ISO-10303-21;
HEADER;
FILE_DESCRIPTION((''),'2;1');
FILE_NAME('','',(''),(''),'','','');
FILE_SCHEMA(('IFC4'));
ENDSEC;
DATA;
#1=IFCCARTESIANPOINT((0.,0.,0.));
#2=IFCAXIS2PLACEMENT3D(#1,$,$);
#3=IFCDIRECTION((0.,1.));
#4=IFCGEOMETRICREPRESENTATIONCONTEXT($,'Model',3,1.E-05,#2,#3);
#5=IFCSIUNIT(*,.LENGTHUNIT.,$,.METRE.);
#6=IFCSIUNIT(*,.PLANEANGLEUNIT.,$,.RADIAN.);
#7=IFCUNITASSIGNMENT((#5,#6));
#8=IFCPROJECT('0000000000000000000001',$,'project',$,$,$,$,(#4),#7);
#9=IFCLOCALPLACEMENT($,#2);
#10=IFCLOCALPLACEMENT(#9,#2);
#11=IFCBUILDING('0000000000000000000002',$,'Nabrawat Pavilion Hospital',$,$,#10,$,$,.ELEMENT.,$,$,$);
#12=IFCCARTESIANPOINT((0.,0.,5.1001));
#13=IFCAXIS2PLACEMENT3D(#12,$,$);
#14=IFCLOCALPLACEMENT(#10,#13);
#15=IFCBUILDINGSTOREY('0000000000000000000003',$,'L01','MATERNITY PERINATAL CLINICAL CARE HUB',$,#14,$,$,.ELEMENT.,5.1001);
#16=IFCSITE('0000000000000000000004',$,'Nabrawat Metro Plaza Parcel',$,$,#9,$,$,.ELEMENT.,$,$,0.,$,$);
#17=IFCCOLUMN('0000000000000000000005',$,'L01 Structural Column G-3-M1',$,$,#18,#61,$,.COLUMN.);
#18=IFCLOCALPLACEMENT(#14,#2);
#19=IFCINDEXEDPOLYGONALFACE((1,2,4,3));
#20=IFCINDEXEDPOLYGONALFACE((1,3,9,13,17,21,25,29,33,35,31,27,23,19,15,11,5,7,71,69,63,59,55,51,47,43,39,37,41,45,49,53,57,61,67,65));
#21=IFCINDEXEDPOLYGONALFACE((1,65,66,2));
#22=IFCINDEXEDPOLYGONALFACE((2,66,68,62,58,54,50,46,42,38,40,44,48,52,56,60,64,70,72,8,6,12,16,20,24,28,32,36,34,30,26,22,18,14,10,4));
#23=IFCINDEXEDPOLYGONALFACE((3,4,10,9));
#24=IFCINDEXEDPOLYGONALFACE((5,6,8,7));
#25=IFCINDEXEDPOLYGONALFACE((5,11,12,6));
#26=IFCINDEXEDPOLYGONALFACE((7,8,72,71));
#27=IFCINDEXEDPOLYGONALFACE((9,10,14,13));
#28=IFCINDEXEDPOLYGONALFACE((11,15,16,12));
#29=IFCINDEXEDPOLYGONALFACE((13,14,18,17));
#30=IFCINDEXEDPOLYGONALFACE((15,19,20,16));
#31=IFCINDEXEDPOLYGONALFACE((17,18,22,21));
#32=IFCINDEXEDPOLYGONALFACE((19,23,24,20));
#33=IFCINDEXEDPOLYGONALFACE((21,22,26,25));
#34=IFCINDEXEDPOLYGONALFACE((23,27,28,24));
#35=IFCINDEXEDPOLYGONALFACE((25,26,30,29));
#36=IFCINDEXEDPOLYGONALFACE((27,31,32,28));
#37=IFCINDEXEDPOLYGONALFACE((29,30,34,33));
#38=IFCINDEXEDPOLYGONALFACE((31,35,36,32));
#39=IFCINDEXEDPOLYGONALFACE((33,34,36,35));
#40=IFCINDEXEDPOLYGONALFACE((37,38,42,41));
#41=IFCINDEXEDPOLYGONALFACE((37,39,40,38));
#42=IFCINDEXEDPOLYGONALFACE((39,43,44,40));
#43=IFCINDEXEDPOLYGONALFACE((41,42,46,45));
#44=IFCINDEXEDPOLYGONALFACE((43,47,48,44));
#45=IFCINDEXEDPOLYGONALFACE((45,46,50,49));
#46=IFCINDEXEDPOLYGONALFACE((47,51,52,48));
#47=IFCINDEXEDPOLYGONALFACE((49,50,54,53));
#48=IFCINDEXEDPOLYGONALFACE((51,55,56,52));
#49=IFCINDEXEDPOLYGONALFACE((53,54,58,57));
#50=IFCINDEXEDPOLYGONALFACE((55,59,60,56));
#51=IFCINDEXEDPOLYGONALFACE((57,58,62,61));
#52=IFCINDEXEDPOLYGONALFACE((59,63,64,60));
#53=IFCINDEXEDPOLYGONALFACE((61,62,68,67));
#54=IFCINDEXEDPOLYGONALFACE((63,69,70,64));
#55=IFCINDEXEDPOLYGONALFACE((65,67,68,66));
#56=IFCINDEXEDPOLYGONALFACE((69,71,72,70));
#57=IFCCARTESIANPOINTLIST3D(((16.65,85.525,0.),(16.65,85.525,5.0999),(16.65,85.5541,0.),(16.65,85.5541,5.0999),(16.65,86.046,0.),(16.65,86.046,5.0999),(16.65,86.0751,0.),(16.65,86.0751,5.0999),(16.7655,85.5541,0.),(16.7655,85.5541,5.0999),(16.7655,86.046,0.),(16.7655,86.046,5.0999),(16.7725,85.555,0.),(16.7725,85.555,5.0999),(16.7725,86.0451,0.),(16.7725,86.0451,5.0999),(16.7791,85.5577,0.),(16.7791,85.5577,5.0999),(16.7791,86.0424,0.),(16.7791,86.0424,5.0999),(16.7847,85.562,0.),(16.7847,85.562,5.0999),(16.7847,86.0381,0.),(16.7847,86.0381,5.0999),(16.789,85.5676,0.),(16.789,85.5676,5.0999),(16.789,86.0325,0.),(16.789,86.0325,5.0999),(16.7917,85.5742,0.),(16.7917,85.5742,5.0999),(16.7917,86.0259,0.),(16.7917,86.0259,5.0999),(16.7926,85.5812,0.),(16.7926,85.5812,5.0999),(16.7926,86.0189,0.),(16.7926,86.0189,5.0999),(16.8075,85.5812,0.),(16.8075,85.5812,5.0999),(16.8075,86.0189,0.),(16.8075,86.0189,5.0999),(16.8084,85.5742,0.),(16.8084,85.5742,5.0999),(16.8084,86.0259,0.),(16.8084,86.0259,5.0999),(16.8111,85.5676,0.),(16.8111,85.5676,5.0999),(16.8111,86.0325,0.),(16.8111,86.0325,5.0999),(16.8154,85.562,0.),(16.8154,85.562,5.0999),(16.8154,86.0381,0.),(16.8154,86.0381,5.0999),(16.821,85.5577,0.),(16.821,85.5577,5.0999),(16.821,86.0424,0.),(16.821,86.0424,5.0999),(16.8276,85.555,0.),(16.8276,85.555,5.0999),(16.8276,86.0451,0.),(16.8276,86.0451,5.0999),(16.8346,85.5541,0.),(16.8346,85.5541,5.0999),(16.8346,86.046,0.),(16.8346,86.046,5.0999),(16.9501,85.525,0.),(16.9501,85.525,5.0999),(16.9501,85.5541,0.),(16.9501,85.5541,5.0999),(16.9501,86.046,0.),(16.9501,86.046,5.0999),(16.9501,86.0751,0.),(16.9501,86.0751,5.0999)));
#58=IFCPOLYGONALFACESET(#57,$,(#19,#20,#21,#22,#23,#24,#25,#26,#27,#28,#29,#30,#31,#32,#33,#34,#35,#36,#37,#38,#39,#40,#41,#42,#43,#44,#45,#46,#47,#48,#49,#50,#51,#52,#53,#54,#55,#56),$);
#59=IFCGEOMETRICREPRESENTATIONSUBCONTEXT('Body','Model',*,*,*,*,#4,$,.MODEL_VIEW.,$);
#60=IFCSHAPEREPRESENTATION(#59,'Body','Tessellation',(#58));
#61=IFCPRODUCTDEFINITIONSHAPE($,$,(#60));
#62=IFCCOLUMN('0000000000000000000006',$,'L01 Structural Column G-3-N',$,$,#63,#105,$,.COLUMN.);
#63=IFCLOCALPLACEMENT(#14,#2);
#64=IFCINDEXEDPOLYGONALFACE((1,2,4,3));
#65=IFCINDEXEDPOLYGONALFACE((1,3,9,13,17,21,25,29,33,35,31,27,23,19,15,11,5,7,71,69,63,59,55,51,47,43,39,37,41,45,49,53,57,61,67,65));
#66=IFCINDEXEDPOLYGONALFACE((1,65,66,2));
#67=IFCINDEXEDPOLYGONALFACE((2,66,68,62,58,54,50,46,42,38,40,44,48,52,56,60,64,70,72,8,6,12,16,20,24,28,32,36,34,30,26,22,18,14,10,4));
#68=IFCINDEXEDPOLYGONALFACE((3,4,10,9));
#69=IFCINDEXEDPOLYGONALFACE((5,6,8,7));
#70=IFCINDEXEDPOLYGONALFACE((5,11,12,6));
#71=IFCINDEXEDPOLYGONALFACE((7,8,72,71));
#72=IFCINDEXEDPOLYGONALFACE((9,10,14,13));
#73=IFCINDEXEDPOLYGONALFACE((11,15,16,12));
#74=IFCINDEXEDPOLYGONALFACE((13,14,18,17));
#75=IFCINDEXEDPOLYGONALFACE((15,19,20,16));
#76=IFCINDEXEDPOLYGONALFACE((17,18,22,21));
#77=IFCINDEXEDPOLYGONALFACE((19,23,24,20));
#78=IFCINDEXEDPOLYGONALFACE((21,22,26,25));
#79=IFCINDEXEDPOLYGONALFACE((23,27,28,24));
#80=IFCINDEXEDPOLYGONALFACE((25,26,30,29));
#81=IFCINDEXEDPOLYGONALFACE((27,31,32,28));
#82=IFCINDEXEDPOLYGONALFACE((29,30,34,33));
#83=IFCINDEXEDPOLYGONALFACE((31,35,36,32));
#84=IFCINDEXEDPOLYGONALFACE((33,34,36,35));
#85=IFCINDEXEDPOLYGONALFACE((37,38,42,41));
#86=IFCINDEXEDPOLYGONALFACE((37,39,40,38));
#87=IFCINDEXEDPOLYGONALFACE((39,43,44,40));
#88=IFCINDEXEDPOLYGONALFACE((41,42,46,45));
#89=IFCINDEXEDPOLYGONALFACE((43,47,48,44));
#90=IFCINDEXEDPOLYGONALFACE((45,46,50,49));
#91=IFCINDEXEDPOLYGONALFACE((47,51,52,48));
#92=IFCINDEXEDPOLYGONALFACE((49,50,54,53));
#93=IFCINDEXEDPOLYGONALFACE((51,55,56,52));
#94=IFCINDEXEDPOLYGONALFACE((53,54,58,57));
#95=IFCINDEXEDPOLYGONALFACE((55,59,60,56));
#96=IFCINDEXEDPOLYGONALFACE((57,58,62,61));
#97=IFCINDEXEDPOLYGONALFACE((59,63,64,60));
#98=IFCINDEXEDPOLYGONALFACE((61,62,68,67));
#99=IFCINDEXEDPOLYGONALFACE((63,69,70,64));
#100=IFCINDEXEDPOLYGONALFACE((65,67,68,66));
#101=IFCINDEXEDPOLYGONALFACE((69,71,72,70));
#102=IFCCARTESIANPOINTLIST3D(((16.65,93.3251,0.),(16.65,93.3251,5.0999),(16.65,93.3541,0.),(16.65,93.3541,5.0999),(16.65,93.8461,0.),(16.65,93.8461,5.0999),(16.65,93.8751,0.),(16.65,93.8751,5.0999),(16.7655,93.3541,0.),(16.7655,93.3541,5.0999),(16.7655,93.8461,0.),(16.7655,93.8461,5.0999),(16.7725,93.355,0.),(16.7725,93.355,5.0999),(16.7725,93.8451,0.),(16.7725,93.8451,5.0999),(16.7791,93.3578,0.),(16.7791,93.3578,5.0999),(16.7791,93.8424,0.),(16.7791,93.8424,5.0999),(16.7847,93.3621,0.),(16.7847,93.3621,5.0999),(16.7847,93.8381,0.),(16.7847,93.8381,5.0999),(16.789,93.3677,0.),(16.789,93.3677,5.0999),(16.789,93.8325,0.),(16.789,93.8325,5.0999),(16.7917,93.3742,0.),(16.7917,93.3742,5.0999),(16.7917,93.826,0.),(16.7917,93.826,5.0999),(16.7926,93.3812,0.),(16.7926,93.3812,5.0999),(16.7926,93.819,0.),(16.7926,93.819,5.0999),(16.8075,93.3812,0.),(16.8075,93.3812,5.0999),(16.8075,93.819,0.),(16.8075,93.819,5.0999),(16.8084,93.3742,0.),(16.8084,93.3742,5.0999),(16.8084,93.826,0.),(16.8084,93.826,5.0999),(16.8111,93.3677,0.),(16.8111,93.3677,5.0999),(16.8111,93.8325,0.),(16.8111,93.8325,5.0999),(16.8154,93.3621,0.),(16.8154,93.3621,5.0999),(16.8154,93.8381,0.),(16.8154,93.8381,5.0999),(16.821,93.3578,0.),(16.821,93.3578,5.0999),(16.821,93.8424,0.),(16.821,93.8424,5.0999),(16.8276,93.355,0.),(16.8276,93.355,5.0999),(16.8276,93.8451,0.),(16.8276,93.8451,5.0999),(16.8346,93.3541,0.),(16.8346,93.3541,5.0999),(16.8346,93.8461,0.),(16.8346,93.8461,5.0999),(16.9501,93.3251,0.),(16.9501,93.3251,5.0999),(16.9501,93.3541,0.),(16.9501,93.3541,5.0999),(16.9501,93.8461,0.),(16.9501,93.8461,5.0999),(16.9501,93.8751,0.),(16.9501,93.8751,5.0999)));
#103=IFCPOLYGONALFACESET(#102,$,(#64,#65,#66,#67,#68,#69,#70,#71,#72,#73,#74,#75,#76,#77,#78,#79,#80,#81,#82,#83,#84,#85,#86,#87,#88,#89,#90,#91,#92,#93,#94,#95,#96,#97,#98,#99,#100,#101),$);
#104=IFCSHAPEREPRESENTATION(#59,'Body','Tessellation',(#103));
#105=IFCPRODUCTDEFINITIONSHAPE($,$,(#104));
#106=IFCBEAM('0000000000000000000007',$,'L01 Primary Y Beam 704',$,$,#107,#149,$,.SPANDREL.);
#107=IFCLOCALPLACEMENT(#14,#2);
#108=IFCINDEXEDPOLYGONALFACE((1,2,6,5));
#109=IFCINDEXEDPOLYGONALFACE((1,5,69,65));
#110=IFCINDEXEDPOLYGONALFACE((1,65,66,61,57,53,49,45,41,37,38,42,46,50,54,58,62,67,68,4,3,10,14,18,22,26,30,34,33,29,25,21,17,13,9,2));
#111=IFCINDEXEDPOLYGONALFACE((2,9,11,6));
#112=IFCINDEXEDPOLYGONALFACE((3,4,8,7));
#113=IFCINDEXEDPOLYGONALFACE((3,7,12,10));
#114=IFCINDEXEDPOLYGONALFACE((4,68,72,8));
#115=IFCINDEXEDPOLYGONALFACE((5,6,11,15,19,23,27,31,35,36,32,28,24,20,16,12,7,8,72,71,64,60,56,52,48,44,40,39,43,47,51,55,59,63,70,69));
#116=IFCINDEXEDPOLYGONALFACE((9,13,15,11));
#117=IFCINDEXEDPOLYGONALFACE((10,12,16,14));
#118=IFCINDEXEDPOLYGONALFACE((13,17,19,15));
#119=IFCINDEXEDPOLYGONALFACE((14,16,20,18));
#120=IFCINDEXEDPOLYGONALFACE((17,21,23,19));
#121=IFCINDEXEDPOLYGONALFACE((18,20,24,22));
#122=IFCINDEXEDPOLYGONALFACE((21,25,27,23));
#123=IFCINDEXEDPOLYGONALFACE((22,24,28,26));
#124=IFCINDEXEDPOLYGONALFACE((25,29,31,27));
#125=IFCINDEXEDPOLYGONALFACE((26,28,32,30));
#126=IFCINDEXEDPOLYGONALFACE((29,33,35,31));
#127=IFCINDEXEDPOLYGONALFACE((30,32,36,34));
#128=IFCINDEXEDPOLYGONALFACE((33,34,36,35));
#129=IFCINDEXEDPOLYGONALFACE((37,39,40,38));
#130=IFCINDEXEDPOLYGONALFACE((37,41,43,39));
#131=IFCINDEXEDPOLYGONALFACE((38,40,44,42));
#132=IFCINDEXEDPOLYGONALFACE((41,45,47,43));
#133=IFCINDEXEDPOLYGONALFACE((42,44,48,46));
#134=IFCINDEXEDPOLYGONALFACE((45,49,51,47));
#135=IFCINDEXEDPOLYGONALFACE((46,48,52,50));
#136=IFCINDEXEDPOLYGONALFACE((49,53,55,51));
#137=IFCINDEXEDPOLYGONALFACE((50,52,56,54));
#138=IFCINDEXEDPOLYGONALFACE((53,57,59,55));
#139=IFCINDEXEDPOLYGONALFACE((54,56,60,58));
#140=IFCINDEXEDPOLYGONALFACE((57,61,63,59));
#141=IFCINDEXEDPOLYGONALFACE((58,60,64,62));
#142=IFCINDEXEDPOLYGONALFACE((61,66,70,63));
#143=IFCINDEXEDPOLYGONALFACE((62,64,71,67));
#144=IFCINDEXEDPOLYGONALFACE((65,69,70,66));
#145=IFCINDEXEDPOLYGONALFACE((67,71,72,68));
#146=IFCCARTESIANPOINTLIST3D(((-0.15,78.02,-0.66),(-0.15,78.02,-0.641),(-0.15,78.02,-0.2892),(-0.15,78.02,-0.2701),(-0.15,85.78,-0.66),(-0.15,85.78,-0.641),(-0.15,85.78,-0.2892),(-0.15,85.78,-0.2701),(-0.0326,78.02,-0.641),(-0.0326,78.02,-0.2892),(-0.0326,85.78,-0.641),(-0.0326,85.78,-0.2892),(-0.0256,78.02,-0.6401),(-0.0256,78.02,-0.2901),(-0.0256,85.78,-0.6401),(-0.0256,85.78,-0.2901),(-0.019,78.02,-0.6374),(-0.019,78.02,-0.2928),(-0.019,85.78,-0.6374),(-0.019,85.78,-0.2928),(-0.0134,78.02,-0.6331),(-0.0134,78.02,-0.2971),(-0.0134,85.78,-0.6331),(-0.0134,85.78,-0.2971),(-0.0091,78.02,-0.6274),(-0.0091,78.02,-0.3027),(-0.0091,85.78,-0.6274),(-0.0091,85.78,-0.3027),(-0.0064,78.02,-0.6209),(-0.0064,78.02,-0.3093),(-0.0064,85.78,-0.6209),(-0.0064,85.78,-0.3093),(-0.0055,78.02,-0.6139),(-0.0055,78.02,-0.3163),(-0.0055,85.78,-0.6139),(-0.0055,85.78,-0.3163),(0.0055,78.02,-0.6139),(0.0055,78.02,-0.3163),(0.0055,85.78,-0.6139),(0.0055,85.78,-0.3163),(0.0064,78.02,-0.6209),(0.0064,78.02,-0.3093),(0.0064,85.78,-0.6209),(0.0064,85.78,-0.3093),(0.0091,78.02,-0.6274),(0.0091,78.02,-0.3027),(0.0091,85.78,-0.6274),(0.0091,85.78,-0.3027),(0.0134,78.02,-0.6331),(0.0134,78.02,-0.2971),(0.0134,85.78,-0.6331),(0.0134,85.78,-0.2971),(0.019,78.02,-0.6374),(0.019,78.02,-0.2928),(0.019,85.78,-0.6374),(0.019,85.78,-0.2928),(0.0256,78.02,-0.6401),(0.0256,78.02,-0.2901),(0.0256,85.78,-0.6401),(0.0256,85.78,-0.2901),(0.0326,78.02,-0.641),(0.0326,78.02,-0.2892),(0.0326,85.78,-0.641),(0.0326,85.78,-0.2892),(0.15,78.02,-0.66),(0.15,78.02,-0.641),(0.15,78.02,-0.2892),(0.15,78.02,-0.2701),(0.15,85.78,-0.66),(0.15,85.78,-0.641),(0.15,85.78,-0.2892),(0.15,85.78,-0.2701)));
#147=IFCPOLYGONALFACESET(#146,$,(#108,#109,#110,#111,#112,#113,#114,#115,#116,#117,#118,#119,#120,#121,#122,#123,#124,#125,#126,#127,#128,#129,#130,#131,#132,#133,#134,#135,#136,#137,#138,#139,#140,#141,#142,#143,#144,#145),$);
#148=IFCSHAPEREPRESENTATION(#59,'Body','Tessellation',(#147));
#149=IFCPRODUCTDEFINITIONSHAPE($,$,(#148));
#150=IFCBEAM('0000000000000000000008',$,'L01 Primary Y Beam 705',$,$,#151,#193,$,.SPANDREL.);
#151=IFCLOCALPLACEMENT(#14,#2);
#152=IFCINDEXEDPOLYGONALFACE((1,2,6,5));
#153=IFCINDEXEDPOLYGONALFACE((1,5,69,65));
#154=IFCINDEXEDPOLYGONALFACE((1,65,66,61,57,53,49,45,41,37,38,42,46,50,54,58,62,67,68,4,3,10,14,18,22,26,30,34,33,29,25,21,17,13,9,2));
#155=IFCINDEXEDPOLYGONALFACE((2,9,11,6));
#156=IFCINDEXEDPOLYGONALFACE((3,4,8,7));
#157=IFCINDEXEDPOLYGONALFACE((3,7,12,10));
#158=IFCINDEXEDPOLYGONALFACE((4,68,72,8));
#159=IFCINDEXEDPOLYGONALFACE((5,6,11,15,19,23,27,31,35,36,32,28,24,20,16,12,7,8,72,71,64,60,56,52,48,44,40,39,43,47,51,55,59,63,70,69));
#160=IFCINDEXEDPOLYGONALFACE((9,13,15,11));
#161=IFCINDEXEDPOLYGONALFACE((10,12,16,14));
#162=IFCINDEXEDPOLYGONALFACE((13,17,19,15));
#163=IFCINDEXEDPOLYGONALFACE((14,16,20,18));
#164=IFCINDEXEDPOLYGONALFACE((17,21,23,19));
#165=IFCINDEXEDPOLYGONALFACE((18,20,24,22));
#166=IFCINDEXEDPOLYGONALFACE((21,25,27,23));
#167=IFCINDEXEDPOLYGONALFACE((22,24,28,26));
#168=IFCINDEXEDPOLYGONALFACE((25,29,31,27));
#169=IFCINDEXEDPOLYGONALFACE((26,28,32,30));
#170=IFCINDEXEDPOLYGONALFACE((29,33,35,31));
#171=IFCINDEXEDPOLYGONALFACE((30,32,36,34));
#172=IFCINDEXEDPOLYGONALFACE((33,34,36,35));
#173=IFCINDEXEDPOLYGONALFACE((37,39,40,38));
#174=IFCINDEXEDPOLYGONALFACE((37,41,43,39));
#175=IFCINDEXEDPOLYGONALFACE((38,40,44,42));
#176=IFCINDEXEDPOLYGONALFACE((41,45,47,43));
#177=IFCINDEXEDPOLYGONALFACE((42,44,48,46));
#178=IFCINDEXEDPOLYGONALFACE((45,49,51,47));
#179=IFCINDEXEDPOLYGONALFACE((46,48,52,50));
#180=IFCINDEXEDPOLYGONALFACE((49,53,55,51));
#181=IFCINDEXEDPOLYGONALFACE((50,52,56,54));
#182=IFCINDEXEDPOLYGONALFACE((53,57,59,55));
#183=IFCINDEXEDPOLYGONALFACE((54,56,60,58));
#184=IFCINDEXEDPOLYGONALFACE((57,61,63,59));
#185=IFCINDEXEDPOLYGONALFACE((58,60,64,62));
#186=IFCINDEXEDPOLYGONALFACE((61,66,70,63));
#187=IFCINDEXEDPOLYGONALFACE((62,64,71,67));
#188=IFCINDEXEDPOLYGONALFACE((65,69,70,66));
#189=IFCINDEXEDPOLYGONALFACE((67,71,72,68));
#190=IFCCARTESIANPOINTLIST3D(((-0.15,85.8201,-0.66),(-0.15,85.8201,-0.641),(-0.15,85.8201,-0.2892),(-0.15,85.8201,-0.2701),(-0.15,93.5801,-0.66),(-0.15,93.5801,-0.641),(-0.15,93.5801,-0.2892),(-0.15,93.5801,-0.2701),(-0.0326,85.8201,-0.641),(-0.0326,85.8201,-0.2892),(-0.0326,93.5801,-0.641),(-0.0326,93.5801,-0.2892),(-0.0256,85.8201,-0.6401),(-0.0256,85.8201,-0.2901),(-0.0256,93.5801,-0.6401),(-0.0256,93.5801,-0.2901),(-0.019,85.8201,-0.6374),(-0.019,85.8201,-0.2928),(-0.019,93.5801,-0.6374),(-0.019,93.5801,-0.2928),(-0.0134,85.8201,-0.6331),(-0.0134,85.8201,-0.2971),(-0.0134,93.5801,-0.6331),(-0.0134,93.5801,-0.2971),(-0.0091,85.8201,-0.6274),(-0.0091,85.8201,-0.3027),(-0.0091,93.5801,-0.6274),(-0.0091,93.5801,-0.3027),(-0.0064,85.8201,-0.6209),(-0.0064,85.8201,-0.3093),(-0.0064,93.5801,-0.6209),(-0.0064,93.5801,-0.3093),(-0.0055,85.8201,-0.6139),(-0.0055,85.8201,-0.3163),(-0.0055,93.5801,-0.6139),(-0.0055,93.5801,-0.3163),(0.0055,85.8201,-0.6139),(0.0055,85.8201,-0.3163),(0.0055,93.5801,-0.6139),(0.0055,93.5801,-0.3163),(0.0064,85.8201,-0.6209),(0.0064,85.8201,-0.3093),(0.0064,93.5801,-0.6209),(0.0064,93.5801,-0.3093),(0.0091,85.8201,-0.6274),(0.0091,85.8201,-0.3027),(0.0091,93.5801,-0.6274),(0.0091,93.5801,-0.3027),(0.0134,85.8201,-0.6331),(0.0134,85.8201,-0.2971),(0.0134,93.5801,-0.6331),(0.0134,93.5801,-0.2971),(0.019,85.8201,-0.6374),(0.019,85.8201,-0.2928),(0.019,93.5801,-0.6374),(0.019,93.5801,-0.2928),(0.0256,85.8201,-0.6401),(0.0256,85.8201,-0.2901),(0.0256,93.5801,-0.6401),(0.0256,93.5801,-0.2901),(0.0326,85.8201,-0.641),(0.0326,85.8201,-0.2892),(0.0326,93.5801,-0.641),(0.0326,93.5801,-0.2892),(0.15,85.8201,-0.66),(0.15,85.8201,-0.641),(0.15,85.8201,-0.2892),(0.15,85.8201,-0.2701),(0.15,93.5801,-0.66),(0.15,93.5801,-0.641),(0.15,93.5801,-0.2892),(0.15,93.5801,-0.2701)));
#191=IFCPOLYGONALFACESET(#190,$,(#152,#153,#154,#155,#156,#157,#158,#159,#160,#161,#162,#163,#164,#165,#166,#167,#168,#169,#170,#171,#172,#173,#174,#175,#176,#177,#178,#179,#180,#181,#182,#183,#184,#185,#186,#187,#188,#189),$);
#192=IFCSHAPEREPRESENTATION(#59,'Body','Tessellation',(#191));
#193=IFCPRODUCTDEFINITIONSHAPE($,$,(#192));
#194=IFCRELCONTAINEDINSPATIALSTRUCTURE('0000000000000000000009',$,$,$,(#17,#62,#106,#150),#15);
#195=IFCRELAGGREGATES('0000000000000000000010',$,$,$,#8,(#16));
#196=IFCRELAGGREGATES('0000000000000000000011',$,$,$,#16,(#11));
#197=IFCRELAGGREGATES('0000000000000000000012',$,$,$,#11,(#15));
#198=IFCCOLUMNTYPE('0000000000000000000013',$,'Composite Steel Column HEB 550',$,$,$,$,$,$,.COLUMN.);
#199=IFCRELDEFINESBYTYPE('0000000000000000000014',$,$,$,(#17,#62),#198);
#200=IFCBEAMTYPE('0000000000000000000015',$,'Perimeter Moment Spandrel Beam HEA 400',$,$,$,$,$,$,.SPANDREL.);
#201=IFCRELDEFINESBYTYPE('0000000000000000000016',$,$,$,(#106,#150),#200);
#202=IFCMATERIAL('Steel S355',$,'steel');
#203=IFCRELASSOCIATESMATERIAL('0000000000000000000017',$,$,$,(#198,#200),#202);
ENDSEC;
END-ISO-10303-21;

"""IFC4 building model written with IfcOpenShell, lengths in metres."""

from ifc_helpers import new_model, si_unit, direction, frame, origin, origin_2d, place, context, subcontext, project, spatial, i_section, extrude, material, material_profile, profile_set, type_object, element, save


model = new_model("IFC4")

# Units and contexts
model_context = context("Model", 3, precision=1e-05, world=origin(), true_north=direction((0.0, 1.0)))
body_context = subcontext(model_context, "Body", "Model", "MODEL_VIEW")
ifc_project = project(units=[si_unit("LENGTHUNIT", "METRE"), si_unit("PLANEANGLEUNIT", "RADIAN")], contexts=[model_context])

# Site, building, storey
site_placement = place(None, origin())
site = spatial("IfcSite", under=ifc_project, at=site_placement, Name="Nabrawat Metro Plaza Parcel", CompositionType="ELEMENT", RefElevation=0.0)
building_placement = place(site_placement, origin())
building = spatial("IfcBuilding", under=site, at=building_placement, Name="Nabrawat Pavilion Hospital", CompositionType="ELEMENT")
storey_placement = place(building_placement, frame((0.0, 0.0, 5.1001)))
storey = spatial("IfcBuildingStorey", under=building, at=storey_placement, Name="L01", Description="MATERNITY PERINATAL CLINICAL CARE HUB", CompositionType="ELEMENT", Elevation=5.1001)

# Columns
ifc_material_1 = material(Name="Steel S355", Category="steel")
ifc_material_profile_1 = material_profile(ifc_material_1, i_section(OverallWidth=0.3, OverallDepth=0.55, WebThickness=0.0149, FlangeThickness=0.0291, FilletRadius=0.0271, at=origin_2d()), Name="HEB 550")
ifc_profile_set_1 = profile_set([ifc_material_profile_1], Name="Steel S355")
column_type = type_object("IfcColumnType", Name="Composite Steel Column HEB 550", PredefinedType="COLUMN", material=ifc_profile_set_1)
for number, where, z_axis, x_axis, name in (
    (1, (16.8, 85.8, 0.0), (0.0, 0.0, 1.0), (1.0, 0.0, 0.0), "L01 Structural Column G-3-M1"),
    (2, (16.8, 93.6001, 0.0), (0.0, 0.0, 1.0), (1.0, 0.0, 0.0), "L01 Structural Column G-3-N"),
):
    element("IfcColumn", number, at=place(storey_placement, frame(where, z_axis=z_axis, x_axis=x_axis)), inside=storey, type_object=column_type, Name=name, PredefinedType="COLUMN", context=body_context, shape_type="SweptSolid", body=[
        extrude(i_section(OverallWidth=0.3, OverallDepth=0.55, WebThickness=0.0149, FlangeThickness=0.0291, FilletRadius=0.0271, at=origin_2d()), origin(), (0.0, 0.0, 1.0), 5.0999),
    ])

# Beams
ifc_material_profile_2 = material_profile(ifc_material_1, i_section(OverallWidth=0.3, OverallDepth=0.3899, WebThickness=0.011, FlangeThickness=0.019, FilletRadius=0.0271, at=origin_2d()), Name="HEA 400")
ifc_profile_set_2 = profile_set([ifc_material_profile_2], Name="Steel S355")
beam_type_1 = type_object("IfcBeamType", Name="Perimeter Moment Spandrel Beam HEA 400", PredefinedType="SPANDREL", material=ifc_profile_set_2)
for number, where, z_axis, x_axis, name in (
    (3, (0.0, 78.02, -0.4651), (0.0, 1.0, 0.0), (-1.0, 0.0, 0.0), "L01 Primary Y Beam 704"),
    (4, (0.0, 85.8201, -0.4651), (0.0, 1.0, 0.0), (-1.0, 0.0, 0.0), "L01 Primary Y Beam 705"),
):
    element("IfcBeam", number, at=place(storey_placement, frame(where, z_axis=z_axis, x_axis=x_axis)), inside=storey, type_object=beam_type_1, Name=name, PredefinedType="SPANDREL", context=body_context, shape_type="SweptSolid", body=[
        extrude(i_section(OverallWidth=0.3, OverallDepth=0.3899, WebThickness=0.011, FlangeThickness=0.019, FilletRadius=0.0271, at=origin_2d()), origin(), (0.0, 0.0, 1.0), 7.76),
    ])

save(model, "model.ifc")
